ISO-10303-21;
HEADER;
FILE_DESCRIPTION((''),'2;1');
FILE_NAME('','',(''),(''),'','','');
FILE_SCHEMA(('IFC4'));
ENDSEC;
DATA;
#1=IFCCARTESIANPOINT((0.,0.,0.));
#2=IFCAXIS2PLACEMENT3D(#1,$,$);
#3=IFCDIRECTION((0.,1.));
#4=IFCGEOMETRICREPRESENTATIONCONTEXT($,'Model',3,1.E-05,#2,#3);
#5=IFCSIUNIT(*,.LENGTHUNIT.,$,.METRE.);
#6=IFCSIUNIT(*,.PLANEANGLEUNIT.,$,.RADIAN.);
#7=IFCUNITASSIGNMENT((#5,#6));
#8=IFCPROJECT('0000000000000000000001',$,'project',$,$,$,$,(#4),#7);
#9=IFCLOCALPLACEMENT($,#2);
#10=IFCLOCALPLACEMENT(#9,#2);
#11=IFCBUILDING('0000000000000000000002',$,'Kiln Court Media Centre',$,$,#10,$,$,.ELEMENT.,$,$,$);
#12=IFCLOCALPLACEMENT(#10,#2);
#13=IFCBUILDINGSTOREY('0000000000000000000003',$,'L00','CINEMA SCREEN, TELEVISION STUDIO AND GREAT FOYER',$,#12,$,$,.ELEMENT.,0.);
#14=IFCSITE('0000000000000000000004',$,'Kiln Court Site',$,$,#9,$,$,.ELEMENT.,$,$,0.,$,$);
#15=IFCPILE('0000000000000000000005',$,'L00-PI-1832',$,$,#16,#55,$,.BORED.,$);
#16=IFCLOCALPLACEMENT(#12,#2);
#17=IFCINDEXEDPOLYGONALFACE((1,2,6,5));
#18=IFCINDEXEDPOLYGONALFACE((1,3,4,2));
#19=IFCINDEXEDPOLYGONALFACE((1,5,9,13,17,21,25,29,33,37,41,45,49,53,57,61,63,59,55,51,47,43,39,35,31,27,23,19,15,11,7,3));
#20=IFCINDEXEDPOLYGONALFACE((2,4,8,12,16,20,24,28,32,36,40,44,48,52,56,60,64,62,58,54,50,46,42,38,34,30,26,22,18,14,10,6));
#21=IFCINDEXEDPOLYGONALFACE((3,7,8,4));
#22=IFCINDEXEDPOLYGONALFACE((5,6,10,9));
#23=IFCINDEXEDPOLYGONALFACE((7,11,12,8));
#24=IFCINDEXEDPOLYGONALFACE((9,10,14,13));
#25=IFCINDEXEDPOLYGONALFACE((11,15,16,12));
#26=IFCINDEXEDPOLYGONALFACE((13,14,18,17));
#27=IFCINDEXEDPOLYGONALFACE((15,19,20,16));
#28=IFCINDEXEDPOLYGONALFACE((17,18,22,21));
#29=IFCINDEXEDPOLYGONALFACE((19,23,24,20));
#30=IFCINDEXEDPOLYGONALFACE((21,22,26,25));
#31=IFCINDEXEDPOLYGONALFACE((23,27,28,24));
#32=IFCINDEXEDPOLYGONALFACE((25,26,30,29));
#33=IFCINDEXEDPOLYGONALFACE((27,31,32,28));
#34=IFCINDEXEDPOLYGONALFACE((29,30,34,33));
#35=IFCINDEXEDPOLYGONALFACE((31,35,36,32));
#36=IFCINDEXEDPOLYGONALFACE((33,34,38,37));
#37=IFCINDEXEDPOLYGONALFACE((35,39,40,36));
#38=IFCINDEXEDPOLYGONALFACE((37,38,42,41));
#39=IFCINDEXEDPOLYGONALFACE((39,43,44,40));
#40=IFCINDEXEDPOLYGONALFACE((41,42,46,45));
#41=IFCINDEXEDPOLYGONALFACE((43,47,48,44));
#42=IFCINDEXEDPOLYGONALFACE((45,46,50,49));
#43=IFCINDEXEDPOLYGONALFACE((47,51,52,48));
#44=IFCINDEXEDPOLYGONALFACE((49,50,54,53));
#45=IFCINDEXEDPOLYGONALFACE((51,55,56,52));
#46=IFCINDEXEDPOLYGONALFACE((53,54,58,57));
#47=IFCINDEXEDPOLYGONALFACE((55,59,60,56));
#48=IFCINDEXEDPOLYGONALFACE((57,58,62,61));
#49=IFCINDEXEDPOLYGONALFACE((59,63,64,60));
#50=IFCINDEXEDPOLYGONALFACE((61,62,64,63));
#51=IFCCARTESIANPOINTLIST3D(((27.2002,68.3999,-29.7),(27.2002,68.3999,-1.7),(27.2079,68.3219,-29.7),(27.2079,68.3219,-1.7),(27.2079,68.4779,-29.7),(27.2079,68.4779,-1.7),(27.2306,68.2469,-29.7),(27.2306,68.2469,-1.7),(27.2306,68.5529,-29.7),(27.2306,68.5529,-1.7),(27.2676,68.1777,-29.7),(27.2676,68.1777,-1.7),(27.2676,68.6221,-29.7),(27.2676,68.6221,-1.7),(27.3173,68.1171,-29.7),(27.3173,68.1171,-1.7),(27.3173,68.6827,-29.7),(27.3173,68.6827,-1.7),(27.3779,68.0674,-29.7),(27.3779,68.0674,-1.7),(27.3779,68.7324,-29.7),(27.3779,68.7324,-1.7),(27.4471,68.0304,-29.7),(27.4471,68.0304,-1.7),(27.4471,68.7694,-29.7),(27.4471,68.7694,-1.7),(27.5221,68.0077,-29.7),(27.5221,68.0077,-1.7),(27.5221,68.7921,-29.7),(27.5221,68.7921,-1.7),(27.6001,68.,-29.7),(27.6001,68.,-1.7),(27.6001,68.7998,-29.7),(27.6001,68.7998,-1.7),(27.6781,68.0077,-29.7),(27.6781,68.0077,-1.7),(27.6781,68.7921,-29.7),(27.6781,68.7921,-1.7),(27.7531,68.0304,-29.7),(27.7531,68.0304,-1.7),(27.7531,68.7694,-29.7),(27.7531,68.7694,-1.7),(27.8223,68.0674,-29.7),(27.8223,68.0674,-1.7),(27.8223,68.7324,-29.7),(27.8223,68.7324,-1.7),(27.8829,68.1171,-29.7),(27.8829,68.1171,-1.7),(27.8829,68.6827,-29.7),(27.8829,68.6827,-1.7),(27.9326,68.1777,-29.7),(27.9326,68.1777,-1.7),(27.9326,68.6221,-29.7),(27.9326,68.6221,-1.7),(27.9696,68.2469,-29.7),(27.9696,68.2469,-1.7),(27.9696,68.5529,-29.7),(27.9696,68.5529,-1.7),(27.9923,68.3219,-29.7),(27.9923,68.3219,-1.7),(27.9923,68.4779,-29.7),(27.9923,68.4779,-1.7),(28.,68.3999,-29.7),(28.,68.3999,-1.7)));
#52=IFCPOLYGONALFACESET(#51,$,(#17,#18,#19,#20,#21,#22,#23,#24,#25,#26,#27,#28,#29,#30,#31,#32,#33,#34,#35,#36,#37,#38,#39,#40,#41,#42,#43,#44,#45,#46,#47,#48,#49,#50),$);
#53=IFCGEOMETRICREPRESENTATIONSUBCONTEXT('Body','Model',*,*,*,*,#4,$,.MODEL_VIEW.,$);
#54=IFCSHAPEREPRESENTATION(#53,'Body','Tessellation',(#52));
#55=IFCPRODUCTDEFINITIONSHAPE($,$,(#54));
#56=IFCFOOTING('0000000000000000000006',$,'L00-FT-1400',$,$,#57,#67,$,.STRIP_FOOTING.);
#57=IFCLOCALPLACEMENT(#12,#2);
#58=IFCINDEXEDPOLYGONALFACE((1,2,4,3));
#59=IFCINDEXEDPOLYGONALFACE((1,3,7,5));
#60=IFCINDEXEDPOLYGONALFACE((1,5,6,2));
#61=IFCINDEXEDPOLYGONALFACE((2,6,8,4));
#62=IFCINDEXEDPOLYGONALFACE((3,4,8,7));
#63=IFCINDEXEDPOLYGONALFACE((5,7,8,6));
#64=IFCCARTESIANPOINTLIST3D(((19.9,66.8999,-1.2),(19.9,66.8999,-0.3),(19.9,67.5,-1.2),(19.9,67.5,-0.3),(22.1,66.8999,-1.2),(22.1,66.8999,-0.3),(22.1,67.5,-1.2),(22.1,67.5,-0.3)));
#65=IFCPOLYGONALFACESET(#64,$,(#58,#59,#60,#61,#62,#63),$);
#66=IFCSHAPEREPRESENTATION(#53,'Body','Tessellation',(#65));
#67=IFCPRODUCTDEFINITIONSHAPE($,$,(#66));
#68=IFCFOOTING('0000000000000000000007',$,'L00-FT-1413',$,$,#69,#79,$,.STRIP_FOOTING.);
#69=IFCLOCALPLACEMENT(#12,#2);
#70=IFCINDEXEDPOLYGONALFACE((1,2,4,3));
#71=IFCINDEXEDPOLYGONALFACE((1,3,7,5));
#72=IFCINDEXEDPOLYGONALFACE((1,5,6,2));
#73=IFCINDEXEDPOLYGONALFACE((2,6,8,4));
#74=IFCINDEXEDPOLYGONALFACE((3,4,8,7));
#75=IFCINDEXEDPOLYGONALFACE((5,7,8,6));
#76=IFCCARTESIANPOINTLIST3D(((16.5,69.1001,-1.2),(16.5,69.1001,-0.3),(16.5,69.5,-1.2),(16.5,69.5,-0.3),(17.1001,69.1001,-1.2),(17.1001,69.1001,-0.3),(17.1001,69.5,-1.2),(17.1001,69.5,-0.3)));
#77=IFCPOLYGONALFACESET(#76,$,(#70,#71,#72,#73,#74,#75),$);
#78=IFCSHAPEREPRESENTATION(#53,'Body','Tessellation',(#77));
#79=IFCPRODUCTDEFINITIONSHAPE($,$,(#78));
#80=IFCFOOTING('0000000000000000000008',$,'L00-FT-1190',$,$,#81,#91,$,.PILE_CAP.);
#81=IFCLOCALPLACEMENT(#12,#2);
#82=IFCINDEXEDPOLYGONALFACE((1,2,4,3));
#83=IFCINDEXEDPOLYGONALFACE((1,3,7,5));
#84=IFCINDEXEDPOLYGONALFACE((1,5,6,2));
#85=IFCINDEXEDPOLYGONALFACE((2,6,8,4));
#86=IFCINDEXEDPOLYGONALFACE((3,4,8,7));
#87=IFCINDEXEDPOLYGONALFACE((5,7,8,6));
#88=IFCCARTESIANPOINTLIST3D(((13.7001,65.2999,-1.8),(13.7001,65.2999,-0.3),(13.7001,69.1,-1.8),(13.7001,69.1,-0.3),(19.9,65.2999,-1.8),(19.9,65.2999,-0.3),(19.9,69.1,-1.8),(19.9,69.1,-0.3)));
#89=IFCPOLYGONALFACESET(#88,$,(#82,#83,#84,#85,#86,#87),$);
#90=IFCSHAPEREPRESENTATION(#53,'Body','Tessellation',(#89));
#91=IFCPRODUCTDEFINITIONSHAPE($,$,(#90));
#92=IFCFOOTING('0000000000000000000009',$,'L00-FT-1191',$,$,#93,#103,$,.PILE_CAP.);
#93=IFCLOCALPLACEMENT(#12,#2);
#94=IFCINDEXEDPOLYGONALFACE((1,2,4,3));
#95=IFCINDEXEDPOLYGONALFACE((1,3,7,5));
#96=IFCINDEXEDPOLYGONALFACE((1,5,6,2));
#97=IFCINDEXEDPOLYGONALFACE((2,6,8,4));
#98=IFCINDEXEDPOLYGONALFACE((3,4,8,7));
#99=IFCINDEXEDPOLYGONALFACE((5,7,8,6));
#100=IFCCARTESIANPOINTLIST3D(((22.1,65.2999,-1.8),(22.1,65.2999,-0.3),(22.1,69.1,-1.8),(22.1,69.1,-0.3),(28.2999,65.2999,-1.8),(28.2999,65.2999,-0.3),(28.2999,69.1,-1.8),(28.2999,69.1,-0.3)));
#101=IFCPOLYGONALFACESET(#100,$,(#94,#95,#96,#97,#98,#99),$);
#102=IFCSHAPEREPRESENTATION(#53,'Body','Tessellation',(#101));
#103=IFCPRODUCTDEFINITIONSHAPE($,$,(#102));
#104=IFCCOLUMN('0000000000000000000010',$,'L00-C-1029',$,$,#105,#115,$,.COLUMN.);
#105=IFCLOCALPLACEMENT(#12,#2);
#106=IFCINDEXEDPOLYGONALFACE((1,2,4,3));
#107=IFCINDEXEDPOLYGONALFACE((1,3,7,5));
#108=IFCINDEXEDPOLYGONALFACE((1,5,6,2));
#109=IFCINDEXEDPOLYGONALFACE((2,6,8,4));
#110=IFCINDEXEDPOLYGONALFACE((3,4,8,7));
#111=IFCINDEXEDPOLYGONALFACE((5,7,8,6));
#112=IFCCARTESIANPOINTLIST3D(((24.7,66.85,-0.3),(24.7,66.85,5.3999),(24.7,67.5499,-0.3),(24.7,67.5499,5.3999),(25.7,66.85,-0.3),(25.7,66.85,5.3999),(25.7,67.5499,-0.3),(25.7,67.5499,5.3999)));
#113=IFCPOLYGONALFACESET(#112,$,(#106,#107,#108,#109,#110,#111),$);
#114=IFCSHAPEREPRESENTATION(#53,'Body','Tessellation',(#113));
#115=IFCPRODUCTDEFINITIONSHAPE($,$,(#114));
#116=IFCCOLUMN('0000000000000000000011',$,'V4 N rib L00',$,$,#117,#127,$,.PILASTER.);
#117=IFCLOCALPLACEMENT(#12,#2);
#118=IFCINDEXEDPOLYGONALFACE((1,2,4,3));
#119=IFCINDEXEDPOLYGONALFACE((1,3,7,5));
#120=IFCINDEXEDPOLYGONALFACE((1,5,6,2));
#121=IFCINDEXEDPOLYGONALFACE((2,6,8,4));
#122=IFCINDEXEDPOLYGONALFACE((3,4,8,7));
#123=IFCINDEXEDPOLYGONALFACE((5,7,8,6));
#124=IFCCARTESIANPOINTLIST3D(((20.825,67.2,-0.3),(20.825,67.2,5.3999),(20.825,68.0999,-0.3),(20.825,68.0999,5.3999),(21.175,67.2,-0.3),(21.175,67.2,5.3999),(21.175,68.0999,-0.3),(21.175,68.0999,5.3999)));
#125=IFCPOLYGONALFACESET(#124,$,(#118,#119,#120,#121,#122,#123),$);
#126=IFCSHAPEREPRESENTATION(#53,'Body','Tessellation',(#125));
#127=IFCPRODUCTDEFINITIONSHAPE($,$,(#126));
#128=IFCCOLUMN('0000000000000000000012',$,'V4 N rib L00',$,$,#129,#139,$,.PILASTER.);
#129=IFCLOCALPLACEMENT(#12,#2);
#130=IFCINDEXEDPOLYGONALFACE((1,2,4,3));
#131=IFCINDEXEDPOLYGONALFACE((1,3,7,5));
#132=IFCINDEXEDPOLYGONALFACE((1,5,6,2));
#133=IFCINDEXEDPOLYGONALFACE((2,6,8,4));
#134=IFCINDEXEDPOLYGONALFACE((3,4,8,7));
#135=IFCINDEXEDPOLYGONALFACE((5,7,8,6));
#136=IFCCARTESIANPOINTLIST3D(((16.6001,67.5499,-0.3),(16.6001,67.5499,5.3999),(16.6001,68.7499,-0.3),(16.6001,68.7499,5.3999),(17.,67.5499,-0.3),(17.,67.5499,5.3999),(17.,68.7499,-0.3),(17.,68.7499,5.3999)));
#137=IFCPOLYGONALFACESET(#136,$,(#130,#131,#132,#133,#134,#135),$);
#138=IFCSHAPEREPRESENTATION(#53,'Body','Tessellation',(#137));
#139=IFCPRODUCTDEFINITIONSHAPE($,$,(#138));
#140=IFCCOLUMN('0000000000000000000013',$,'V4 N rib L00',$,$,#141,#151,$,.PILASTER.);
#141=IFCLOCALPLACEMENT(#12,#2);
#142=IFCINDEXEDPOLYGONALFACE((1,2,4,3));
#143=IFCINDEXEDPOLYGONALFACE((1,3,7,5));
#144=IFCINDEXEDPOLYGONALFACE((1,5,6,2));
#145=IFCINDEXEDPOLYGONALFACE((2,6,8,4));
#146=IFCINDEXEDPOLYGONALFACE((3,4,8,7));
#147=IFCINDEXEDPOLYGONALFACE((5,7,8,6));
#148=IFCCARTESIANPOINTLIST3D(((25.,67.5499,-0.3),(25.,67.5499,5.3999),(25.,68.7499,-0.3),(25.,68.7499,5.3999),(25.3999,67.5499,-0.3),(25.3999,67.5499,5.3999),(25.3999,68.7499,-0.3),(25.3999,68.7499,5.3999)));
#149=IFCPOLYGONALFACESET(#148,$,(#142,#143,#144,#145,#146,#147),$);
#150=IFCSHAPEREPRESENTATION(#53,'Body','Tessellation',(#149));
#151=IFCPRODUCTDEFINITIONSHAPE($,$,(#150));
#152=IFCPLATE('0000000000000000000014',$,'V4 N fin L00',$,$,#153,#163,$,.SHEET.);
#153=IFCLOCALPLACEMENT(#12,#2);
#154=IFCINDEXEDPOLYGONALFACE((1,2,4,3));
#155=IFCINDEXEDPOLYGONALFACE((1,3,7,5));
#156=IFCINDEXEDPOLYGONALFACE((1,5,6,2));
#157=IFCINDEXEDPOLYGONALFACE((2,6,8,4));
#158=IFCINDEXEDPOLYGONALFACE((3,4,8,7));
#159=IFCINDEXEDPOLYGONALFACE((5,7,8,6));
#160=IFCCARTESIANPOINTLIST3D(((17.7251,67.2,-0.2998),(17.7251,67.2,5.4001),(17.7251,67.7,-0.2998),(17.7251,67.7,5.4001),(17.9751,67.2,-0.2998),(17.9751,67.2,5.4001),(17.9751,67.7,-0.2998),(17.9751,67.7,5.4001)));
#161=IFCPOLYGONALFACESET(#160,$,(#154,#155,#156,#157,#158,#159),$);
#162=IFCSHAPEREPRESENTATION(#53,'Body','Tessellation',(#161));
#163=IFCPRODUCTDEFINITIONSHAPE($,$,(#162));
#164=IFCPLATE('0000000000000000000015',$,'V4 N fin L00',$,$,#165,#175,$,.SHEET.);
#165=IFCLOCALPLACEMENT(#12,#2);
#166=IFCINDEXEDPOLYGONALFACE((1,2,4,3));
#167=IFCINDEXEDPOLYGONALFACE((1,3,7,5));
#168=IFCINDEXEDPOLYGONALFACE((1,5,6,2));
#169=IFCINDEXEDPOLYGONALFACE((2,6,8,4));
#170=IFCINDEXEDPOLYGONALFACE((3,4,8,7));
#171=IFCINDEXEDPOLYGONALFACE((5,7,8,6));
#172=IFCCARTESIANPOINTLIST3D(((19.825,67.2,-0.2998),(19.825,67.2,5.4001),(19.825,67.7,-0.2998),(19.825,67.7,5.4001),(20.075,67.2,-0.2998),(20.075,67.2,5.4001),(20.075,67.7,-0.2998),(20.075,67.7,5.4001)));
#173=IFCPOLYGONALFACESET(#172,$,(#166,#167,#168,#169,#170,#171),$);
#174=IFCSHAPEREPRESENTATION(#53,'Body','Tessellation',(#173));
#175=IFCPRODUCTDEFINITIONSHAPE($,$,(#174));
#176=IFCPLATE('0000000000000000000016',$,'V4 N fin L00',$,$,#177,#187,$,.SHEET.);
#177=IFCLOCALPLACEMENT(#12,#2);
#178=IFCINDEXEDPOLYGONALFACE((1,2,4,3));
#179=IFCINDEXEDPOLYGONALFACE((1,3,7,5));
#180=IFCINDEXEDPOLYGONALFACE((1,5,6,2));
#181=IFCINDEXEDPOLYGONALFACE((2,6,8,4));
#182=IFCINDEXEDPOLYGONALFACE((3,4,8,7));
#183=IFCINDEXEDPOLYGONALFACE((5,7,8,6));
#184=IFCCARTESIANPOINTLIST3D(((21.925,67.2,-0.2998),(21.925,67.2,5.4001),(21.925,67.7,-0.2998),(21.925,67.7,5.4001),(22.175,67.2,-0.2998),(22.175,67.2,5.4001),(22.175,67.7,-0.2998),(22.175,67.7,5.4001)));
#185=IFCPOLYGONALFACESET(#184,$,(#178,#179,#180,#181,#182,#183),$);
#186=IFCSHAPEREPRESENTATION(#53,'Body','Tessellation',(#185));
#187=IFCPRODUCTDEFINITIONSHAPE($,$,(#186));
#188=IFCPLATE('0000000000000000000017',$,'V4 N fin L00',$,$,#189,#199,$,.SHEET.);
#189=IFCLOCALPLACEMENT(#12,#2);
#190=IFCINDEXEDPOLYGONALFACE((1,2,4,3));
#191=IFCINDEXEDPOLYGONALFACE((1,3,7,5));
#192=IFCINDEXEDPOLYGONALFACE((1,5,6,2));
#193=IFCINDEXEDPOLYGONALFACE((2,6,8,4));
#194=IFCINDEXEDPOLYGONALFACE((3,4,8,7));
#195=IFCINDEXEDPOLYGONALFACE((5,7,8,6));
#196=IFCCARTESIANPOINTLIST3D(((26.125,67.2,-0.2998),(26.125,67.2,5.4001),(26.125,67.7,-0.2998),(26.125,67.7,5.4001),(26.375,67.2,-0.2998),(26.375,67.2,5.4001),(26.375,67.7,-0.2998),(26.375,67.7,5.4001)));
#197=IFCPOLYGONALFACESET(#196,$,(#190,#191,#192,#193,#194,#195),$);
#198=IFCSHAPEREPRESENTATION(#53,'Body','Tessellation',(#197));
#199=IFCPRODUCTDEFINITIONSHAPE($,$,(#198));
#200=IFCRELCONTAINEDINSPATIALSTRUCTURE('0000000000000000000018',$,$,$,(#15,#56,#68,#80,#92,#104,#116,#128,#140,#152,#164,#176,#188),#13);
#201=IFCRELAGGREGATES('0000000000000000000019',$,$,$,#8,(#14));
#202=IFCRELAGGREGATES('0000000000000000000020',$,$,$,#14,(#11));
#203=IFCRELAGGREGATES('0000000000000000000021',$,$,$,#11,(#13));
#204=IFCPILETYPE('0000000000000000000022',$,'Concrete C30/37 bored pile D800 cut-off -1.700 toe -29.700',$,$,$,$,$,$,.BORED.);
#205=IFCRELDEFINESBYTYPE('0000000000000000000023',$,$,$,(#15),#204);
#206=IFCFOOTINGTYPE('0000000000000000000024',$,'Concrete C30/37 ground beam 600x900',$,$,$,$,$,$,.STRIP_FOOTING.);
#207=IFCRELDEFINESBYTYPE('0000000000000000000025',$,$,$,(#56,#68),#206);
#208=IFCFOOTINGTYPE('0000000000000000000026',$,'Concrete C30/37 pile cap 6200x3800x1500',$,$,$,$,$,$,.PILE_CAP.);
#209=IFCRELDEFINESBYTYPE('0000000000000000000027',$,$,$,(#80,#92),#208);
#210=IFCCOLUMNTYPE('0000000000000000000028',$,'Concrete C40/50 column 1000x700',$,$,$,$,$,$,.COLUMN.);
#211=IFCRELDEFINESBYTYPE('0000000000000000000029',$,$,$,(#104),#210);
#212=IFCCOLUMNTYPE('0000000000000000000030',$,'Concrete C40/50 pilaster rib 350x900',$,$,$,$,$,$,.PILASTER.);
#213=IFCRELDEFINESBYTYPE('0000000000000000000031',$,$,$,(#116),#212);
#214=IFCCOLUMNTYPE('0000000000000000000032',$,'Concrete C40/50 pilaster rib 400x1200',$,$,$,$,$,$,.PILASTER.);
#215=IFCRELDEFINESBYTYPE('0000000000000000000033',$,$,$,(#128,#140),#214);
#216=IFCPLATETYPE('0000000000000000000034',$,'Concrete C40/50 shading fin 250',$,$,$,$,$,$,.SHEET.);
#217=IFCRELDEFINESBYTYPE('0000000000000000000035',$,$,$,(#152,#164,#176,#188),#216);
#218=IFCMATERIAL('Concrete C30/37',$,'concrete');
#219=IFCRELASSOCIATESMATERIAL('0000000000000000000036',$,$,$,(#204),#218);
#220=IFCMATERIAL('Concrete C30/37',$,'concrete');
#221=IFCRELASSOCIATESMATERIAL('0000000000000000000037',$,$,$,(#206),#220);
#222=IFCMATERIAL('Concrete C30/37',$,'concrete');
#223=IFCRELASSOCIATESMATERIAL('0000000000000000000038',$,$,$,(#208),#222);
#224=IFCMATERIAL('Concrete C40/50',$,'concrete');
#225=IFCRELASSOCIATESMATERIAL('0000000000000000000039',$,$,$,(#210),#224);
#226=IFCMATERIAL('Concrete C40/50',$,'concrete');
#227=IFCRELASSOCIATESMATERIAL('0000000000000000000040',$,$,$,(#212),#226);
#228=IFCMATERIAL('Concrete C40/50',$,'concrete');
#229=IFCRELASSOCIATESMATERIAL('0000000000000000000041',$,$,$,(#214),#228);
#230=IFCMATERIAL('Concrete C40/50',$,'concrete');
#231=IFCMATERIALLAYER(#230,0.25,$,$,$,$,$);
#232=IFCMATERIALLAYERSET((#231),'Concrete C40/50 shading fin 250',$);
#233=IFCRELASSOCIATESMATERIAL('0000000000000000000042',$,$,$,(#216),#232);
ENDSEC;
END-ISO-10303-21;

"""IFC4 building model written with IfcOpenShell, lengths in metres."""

from ifc_helpers import new_model, si_unit, direction, frame, origin, origin_2d, place, context, subcontext, project, spatial, rectangle, circle, extrude, material, layer, layer_set, material_profile, profile_set, type_object, element, save


model = new_model("IFC4")

# Units and contexts
model_context = context("Model", 3, precision=1e-05, world=origin(), true_north=direction((0.0, 1.0)))
body_context = subcontext(model_context, "Body", "Model", "MODEL_VIEW")
ifc_project = project(units=[si_unit("LENGTHUNIT", "METRE"), si_unit("PLANEANGLEUNIT", "RADIAN")], contexts=[model_context])

# Site, building, storey
site_placement = place(None, origin())
site = spatial("IfcSite", under=ifc_project, at=site_placement, Name="Kiln Court Site", CompositionType="ELEMENT", RefElevation=0.0)
building_placement = place(site_placement, origin())
building = spatial("IfcBuilding", under=site, at=building_placement, Name="Kiln Court Media Centre", CompositionType="ELEMENT")
storey_placement = place(building_placement, origin())
storey = spatial("IfcBuildingStorey", under=building, at=storey_placement, Name="L00", Description="CINEMA SCREEN, TELEVISION STUDIO AND GREAT FOYER", CompositionType="ELEMENT", Elevation=0.0)

# Pile
ifc_material_1 = material(Name="Concrete C30/37", Category="concrete")
ifc_material_profile_1 = material_profile(ifc_material_1, circle(Radius=0.3999, at=origin_2d()), Name="PILE D800")
ifc_profile_set_1 = profile_set([ifc_material_profile_1], Name="Concrete C30/37")
pile_type = type_object("IfcPileType", Name="Concrete C30/37 bored pile D800 cut-off -1.700 toe -29.700", PredefinedType="BORED", material=ifc_profile_set_1)
for number, where, z_axis, x_axis, name in (
    (1, (27.6001, 68.3999, -1.7), (0.0, 0.0, -1.0), (1.0, 0.0, 0.0), "L00-PI-1832"),
):
    element("IfcPile", number, at=place(storey_placement, frame(where, z_axis=z_axis, x_axis=x_axis)), inside=storey, type_object=pile_type, Name=name, PredefinedType="BORED", context=body_context, shape_type="SweptSolid", body=[
        extrude(circle(Radius=0.3999, at=origin_2d()), origin(), (0.0, 0.0, 1.0), 28.0),
    ])

# Footings
ifc_material_2 = material(Name="Concrete C30/37", Category="concrete")
footing_type_1 = type_object("IfcFootingType", Name="Concrete C30/37 ground beam 600x900", PredefinedType="STRIP_FOOTING", material=ifc_material_2)
footing_1_placement = place(storey_placement, frame((21.0, 67.2, -1.2), z_axis=(0.0, 0.0, 1.0), x_axis=(1.0, 0.0, 0.0)))
element("IfcFooting", 2, at=footing_1_placement, inside=storey, type_object=footing_type_1, Name="L00-FT-1400", PredefinedType="STRIP_FOOTING", context=body_context, shape_type="SweptSolid", body=[
    extrude(rectangle(XDim=2.2, YDim=0.6001, at=origin_2d()), origin(), (0.0, 0.0, 1.0), 0.8999),
])
footing_2_placement = place(storey_placement, frame((16.8, 69.3, -1.2), z_axis=(0.0, 0.0, 1.0), x_axis=(1.0, 0.0, 0.0)))
element("IfcFooting", 3, at=footing_2_placement, inside=storey, type_object=footing_type_1, Name="L00-FT-1413", PredefinedType="STRIP_FOOTING", context=body_context, shape_type="SweptSolid", body=[
    extrude(rectangle(XDim=0.6001, YDim=0.3999, at=origin_2d()), origin(), (0.0, 0.0, 1.0), 0.8999),
])
ifc_material_3 = material(Name="Concrete C30/37", Category="concrete")
footing_type_2 = type_object("IfcFootingType", Name="Concrete C30/37 pile cap 6200x3800x1500", PredefinedType="PILE_CAP", material=ifc_material_3)
for number, where, z_axis, x_axis, name in (
    (4, (16.8, 67.2, -1.8), (0.0, 0.0, 1.0), (1.0, 0.0, 0.0), "L00-FT-1190"),
    (5, (25.2, 67.2, -1.8), (0.0, 0.0, 1.0), (1.0, 0.0, 0.0), "L00-FT-1191"),
):
    element("IfcFooting", number, at=place(storey_placement, frame(where, z_axis=z_axis, x_axis=x_axis)), inside=storey, type_object=footing_type_2, Name=name, PredefinedType="PILE_CAP", context=body_context, shape_type="SweptSolid", body=[
        extrude(rectangle(XDim=6.2, YDim=3.8, at=origin_2d()), origin(), (0.0, 0.0, 1.0), 1.5),
    ])

# Columns
ifc_material_4 = material(Name="Concrete C40/50", Category="concrete")
ifc_material_profile_2 = material_profile(ifc_material_4, rectangle(XDim=1.0, YDim=0.7, at=origin_2d()), Name="RC 1000x700")
ifc_profile_set_2 = profile_set([ifc_material_profile_2], Name="Concrete C40/50")
column_type_1 = type_object("IfcColumnType", Name="Concrete C40/50 column 1000x700", PredefinedType="COLUMN", material=ifc_profile_set_2)
column_1_placement = place(storey_placement, frame((25.2, 67.2, -0.3), z_axis=(0.0, 0.0, 1.0), x_axis=(1.0, 0.0, 0.0)))
element("IfcColumn", 6, at=column_1_placement, inside=storey, type_object=column_type_1, Name="L00-C-1029", PredefinedType="COLUMN", context=body_context, shape_type="SweptSolid", body=[
    extrude(rectangle(XDim=1.0, YDim=0.7, at=origin_2d()), origin(), (0.0, 0.0, 1.0), 5.7),
])
ifc_material_5 = material(Name="Concrete C40/50", Category="concrete")
ifc_material_profile_3 = material_profile(ifc_material_5, rectangle(XDim=0.3501, YDim=0.8999, at=origin_2d()), Name="RC 350x900")
ifc_profile_set_3 = profile_set([ifc_material_profile_3], Name="Concrete C40/50")
column_type_2 = type_object("IfcColumnType", Name="Concrete C40/50 pilaster rib 350x900", PredefinedType="PILASTER", material=ifc_profile_set_3)
column_2_placement = place(storey_placement, frame((21.0, 67.6499, -0.3), z_axis=(0.0, 0.0, 1.0), x_axis=(1.0, 0.0, 0.0)))
element("IfcColumn", 7, at=column_2_placement, inside=storey, type_object=column_type_2, Name="V4 N rib L00", PredefinedType="PILASTER", context=body_context, shape_type="SweptSolid", body=[
    extrude(rectangle(XDim=0.3501, YDim=0.8999, at=origin_2d()), origin(), (0.0, 0.0, 1.0), 5.7),
])
ifc_material_6 = material(Name="Concrete C40/50", Category="concrete")
ifc_material_profile_4 = material_profile(ifc_material_6, rectangle(XDim=0.3999, YDim=1.2, at=origin_2d()), Name="RC 400x1200")
ifc_profile_set_4 = profile_set([ifc_material_profile_4], Name="Concrete C40/50")
column_type_3 = type_object("IfcColumnType", Name="Concrete C40/50 pilaster rib 400x1200", PredefinedType="PILASTER", material=ifc_profile_set_4)
for number, where, z_axis, x_axis, name in (
    (8, (16.8, 68.1499, -0.3), (0.0, 0.0, 1.0), (1.0, 0.0, 0.0), "V4 N rib L00"),
    (9, (25.2, 68.1499, -0.3), (0.0, 0.0, 1.0), (1.0, 0.0, 0.0), "V4 N rib L00"),
):
    element("IfcColumn", number, at=place(storey_placement, frame(where, z_axis=z_axis, x_axis=x_axis)), inside=storey, type_object=column_type_3, Name=name, PredefinedType="PILASTER", context=body_context, shape_type="SweptSolid", body=[
        extrude(rectangle(XDim=0.3999, YDim=1.2, at=origin_2d()), origin(), (0.0, 0.0, 1.0), 5.7),
    ])

# Plates
ifc_material_7 = material(Name="Concrete C40/50", Category="concrete")
ifc_layer_1 = layer(ifc_material_7, 0.25)
ifc_layer_set_1 = layer_set([ifc_layer_1], Name="Concrete C40/50 shading fin 250")
plate_type = type_object("IfcPlateType", Name="Concrete C40/50 shading fin 250", PredefinedType="SHEET", material=ifc_layer_set_1)
for number, where, z_axis, x_axis, name in (
    (10, (17.8501, 67.45, -0.2998), (0.0, 0.0, 1.0), (1.0, 0.0, 0.0), "V4 N fin L00"),
    (11, (19.95, 67.45, -0.2998), (0.0, 0.0, 1.0), (1.0, 0.0, 0.0), "V4 N fin L00"),
    (12, (22.05, 67.45, -0.2998), (0.0, 0.0, 1.0), (1.0, 0.0, 0.0), "V4 N fin L00"),
    (13, (26.25, 67.45, -0.2998), (0.0, 0.0, 1.0), (1.0, 0.0, 0.0), "V4 N fin L00"),
):
    element("IfcPlate", number, at=place(storey_placement, frame(where, z_axis=z_axis, x_axis=x_axis)), inside=storey, type_object=plate_type, Name=name, PredefinedType="SHEET", context=body_context, shape_type="SweptSolid", body=[
        extrude(rectangle(XDim=0.25, YDim=0.5, at=origin_2d()), origin(), (0.0, 0.0, 1.0), 5.7),
    ])

save(model, "model.ifc")
